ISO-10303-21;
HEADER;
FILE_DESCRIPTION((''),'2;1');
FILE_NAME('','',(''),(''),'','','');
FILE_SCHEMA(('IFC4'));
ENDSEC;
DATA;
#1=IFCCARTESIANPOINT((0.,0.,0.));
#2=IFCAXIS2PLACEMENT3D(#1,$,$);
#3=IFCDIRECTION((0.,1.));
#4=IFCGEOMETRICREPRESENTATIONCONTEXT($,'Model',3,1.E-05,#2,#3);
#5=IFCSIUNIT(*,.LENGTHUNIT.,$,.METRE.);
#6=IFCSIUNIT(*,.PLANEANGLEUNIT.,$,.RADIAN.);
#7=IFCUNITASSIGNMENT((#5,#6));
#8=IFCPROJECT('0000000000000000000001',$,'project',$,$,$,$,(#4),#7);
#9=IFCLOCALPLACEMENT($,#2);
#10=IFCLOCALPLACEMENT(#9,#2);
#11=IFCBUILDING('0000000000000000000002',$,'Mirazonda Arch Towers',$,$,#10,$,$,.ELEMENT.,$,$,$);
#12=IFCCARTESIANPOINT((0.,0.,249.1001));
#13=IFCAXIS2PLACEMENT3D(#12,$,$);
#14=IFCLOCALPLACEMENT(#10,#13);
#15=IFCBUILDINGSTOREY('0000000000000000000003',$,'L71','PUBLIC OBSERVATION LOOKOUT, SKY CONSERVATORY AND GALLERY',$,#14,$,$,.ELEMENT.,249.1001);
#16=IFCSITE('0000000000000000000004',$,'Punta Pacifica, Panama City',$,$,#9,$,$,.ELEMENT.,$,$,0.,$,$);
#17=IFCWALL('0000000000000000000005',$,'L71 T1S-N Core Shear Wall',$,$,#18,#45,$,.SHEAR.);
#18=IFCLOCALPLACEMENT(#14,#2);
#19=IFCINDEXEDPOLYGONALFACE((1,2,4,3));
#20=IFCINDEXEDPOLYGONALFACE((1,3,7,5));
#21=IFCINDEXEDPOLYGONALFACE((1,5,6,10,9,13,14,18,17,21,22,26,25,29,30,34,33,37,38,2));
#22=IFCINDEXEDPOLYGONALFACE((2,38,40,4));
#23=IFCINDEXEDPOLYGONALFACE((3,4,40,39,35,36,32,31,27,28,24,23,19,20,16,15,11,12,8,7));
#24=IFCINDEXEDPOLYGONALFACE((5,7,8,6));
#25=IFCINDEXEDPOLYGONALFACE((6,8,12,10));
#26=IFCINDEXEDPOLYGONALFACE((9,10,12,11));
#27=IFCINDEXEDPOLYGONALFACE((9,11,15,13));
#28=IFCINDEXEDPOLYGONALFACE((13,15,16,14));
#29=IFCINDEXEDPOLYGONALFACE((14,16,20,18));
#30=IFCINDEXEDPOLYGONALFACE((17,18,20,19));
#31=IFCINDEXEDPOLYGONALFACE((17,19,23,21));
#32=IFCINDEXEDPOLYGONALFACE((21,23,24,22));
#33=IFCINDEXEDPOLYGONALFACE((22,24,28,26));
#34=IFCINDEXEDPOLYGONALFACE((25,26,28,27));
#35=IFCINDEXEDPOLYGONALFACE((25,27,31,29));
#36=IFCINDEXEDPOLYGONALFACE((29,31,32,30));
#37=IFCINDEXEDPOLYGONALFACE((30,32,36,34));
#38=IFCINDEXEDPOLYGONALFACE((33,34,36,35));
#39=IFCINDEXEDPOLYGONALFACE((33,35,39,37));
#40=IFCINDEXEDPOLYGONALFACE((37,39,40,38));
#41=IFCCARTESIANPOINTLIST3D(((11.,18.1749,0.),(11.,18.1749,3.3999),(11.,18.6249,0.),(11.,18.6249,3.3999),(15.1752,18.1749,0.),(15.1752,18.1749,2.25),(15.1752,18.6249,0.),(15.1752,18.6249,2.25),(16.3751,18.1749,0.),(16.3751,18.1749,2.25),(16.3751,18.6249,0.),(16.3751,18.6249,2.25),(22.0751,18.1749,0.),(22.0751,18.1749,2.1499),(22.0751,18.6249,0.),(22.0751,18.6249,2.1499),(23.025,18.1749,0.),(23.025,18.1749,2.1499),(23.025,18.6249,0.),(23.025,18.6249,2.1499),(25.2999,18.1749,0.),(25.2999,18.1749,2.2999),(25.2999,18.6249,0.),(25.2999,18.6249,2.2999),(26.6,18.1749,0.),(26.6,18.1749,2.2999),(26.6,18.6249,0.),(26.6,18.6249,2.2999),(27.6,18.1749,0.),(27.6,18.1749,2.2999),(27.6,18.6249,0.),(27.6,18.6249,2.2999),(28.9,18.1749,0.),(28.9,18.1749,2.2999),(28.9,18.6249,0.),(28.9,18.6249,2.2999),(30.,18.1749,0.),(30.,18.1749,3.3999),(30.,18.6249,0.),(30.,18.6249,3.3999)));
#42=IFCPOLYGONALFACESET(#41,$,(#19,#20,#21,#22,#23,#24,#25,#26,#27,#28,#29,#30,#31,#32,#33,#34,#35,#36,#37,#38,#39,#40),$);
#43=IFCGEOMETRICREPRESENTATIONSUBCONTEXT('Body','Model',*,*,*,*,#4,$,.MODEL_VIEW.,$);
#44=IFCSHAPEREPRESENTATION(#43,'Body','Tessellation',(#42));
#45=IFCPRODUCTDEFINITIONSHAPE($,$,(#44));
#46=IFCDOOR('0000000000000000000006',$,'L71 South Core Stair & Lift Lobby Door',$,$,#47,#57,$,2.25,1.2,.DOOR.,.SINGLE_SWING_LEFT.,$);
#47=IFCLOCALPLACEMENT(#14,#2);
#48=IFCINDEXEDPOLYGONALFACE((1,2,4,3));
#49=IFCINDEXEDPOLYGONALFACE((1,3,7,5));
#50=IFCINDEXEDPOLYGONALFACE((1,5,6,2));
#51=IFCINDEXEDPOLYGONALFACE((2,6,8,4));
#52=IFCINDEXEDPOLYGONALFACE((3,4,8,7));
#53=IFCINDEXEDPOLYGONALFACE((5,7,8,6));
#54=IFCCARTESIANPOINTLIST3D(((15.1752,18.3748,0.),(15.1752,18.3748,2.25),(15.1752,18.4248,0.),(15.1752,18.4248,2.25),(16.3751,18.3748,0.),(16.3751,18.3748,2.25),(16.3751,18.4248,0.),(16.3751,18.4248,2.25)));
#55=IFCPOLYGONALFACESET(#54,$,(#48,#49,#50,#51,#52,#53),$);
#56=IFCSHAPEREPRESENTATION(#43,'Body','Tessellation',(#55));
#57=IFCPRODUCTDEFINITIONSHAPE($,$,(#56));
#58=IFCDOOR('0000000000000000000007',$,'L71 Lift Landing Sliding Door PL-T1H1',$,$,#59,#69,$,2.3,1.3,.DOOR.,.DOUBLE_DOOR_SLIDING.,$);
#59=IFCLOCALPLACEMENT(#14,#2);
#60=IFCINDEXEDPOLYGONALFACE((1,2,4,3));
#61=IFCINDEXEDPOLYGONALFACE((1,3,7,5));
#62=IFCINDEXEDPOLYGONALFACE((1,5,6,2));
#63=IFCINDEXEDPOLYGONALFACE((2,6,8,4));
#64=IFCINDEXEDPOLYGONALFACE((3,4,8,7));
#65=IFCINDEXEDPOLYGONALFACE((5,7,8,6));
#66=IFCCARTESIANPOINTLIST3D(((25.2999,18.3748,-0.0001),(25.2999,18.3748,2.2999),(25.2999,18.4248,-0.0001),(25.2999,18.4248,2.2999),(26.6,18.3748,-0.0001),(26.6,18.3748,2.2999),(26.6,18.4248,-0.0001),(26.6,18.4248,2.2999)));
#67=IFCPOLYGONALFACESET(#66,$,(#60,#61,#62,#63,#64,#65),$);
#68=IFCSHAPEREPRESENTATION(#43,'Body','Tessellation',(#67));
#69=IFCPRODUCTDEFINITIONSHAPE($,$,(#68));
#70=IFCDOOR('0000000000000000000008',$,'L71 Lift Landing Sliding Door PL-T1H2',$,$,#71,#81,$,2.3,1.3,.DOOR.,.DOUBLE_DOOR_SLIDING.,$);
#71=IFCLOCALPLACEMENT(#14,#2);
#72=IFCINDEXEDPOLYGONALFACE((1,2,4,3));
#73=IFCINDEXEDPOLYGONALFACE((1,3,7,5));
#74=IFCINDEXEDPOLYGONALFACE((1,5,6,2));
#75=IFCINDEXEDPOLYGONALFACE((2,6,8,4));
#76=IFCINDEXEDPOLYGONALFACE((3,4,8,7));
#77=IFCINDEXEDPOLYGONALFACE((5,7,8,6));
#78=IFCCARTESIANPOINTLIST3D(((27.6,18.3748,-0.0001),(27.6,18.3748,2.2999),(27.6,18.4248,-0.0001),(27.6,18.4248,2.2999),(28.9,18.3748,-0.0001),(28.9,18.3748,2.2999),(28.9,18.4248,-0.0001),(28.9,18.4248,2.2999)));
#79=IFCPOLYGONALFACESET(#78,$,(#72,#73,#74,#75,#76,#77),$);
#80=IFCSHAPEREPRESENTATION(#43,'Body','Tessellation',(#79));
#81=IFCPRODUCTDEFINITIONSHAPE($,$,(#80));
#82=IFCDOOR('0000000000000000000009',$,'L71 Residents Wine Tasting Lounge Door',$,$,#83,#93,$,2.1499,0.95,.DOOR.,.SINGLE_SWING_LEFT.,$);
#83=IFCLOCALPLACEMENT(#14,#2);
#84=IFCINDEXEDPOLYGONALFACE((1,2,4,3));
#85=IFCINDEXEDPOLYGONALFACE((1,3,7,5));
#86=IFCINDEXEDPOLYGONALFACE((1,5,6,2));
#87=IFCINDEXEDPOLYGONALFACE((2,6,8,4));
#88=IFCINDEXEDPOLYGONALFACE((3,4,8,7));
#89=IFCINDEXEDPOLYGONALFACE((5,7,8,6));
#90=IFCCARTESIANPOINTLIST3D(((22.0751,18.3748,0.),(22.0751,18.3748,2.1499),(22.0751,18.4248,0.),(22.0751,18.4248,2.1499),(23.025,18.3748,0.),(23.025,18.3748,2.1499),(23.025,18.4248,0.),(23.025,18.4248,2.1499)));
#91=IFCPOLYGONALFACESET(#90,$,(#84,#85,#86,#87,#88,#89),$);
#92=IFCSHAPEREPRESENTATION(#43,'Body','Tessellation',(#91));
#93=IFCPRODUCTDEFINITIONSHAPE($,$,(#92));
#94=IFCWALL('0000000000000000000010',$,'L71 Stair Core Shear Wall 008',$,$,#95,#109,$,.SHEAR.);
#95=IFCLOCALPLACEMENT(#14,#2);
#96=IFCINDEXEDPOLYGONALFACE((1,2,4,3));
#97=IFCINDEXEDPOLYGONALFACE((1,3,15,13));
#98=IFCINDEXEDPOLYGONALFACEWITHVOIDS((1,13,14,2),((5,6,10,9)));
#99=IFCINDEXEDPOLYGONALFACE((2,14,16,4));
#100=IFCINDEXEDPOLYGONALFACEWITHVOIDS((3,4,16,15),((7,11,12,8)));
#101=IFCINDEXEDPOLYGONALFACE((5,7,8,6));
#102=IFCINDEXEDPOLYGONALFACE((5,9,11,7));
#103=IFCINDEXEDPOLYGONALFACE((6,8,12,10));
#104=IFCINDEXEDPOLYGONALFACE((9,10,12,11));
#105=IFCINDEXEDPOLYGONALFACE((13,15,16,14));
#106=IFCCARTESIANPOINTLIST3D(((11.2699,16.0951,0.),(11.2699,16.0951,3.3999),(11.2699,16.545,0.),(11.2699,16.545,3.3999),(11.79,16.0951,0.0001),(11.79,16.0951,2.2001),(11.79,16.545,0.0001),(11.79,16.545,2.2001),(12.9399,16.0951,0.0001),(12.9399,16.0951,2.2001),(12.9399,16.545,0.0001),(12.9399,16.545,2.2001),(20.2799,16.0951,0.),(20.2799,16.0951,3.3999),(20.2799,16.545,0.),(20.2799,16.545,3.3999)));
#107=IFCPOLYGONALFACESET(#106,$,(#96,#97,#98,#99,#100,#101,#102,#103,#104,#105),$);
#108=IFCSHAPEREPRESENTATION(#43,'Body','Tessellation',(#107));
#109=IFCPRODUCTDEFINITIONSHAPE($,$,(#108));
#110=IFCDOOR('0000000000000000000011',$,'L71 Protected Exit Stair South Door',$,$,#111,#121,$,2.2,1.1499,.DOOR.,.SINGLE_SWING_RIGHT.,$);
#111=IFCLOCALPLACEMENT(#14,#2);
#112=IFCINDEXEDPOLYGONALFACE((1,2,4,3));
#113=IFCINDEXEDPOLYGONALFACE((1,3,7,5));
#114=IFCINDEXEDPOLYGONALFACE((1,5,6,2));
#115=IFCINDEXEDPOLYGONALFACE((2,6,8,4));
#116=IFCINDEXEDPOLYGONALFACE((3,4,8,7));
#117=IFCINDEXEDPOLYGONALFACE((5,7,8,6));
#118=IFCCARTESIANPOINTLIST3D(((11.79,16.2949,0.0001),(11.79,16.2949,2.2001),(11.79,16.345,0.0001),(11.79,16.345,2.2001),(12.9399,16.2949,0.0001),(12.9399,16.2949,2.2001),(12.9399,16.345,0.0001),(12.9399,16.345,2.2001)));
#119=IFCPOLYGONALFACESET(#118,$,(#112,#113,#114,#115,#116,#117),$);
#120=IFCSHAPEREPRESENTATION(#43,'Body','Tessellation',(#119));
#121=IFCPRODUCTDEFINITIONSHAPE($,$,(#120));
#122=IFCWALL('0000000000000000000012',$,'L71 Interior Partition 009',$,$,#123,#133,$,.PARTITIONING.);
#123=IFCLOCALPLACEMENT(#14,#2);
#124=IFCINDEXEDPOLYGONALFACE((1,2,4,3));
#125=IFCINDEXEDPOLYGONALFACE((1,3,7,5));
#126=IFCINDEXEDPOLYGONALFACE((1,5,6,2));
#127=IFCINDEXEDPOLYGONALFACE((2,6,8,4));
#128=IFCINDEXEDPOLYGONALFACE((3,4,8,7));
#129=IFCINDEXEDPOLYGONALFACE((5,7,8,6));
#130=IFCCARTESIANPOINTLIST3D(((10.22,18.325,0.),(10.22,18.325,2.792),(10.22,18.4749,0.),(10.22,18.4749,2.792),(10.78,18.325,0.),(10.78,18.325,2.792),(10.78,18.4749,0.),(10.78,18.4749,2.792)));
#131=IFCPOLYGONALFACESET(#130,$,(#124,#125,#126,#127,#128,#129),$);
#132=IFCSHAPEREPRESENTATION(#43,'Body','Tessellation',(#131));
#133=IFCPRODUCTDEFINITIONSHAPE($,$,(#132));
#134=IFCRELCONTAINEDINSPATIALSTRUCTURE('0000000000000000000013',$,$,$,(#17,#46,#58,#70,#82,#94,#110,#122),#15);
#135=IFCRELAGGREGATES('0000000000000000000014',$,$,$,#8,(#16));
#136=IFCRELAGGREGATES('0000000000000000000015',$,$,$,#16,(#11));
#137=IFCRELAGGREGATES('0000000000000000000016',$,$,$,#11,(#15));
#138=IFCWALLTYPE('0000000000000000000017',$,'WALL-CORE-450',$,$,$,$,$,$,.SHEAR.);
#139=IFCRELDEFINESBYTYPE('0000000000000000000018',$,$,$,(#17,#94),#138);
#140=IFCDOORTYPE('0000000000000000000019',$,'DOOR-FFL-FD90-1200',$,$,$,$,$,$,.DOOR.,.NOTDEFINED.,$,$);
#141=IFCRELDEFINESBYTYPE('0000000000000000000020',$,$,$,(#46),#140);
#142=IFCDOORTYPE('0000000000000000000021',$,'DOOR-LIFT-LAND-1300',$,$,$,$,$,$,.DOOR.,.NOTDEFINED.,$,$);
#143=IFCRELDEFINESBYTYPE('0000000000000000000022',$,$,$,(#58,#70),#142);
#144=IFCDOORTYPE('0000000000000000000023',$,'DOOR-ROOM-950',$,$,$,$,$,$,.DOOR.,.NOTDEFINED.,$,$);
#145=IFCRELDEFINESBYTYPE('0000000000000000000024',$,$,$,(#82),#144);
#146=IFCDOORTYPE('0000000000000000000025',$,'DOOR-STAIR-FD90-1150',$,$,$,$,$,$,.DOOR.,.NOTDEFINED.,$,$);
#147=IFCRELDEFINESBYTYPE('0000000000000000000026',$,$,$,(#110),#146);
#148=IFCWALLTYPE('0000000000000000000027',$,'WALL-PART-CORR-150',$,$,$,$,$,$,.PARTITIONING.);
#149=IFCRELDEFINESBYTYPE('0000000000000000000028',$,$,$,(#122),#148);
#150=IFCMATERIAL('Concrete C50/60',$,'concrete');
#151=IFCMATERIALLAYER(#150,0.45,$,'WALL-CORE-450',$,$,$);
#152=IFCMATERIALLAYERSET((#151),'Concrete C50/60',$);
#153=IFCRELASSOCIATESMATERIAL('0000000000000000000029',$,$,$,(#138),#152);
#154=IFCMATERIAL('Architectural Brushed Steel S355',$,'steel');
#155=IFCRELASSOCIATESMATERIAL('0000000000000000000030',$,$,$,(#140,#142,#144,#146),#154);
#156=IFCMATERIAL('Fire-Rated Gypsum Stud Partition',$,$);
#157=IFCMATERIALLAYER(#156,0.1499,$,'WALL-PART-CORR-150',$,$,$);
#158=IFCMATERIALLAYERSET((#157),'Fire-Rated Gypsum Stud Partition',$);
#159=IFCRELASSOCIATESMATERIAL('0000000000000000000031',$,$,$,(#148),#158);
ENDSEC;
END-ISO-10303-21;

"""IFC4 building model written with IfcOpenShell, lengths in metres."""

from ifc_helpers import new_model, si_unit, direction, frame, frame_2d, origin, place, context, subcontext, project, spatial, rectangle, extrude, material, layer, layer_set, type_object, element, fill, save


model = new_model("IFC4")

# Units and contexts
model_context = context("Model", 3, precision=1e-05, world=origin(), true_north=direction((0.0, 1.0)))
body_context = subcontext(model_context, "Body", "Model", "MODEL_VIEW")
ifc_project = project(units=[si_unit("LENGTHUNIT", "METRE"), si_unit("PLANEANGLEUNIT", "RADIAN")], contexts=[model_context])

# Site, building, storey
site_placement = place(None, origin())
site = spatial("IfcSite", under=ifc_project, at=site_placement, Name="Punta Pacifica, Panama City", CompositionType="ELEMENT", RefElevation=0.0)
building_placement = place(site_placement, origin())
building = spatial("IfcBuilding", under=site, at=building_placement, Name="Mirazonda Arch Towers", CompositionType="ELEMENT")
storey_placement = place(building_placement, frame((0.0, 0.0, 249.1001)))
storey = spatial("IfcBuildingStorey", under=building, at=storey_placement, Name="L71", Description="PUBLIC OBSERVATION LOOKOUT, SKY CONSERVATORY AND GALLERY", CompositionType="ELEMENT", Elevation=249.1001)

# Shared definitions
ifc_material_1 = material(Name="Concrete C50/60", Category="concrete")

# Wall, openings, doors
ifc_layer_1 = layer(ifc_material_1, 0.45, Name="WALL-CORE-450")
ifc_layer_set_1 = layer_set([ifc_layer_1], Name="Concrete C50/60")
wall_type_1 = type_object("IfcWallType", Name="WALL-CORE-450", PredefinedType="SHEAR", material=ifc_layer_set_1)
wall_1_placement = place(storey_placement, frame((11.0, 18.3999, 0.0), z_axis=(0.0, 0.0, 1.0), x_axis=(1.0, 0.0, 0.0)))
wall_1 = element("IfcWall", 1, at=wall_1_placement, inside=storey, type_object=wall_type_1, Name="L71 T1S-N Core Shear Wall", PredefinedType="SHEAR", context=body_context, shape_type="SweptSolid", body=[
    extrude(rectangle(XDim=19.0, YDim=0.45, at=frame_2d((9.5, 0.0))), origin(), (0.0, 0.0, 1.0), 3.3999),
])
opening_1_placement = place(wall_1_placement, frame((4.175, 0.0, 0.0)))
opening_1 = element("IfcOpeningElement", 2, at=opening_1_placement, cuts=wall_1, PredefinedType="OPENING", context=body_context, shape_type="SweptSolid", body=[
    extrude(rectangle(XDim=1.2, YDim=2.25, at=frame_2d((0.6001, 1.125))), frame((0.0, 0.2349, 0.0), z_axis=(0.0, -1.0, 0.0), x_axis=(1.0, 0.0, 0.0)), (0.0, 0.0, 1.0), 0.47),
])
opening_2_placement = place(wall_1_placement, frame((11.075, 0.0, 0.0)))
opening_2 = element("IfcOpeningElement", 3, at=opening_2_placement, cuts=wall_1, PredefinedType="OPENING", context=body_context, shape_type="SweptSolid", body=[
    extrude(rectangle(XDim=0.95, YDim=2.1499, at=frame_2d((0.4751, 1.075))), frame((0.0, 0.2349, 0.0), z_axis=(0.0, -1.0, 0.0), x_axis=(1.0, 0.0, 0.0)), (0.0, 0.0, 1.0), 0.47),
])
opening_3_placement = place(wall_1_placement, frame((14.3, 0.0, 0.0)))
opening_3 = element("IfcOpeningElement", 4, at=opening_3_placement, cuts=wall_1, PredefinedType="OPENING", context=body_context, shape_type="SweptSolid", body=[
    extrude(rectangle(XDim=1.3, YDim=2.3, at=frame_2d((0.6499, 1.1499))), frame((0.0, 0.2349, 0.0), z_axis=(0.0, -1.0, 0.0), x_axis=(1.0, 0.0, 0.0)), (0.0, 0.0, 1.0), 0.47),
])
opening_4_placement = place(wall_1_placement, frame((16.6001, 0.0, 0.0)))
opening_4 = element("IfcOpeningElement", 5, at=opening_4_placement, cuts=wall_1, PredefinedType="OPENING", context=body_context, shape_type="SweptSolid", body=[
    extrude(rectangle(XDim=1.3, YDim=2.3, at=frame_2d((0.6499, 1.1499))), frame((0.0, 0.2349, 0.0), z_axis=(0.0, -1.0, 0.0), x_axis=(1.0, 0.0, 0.0)), (0.0, 0.0, 1.0), 0.47),
])
ifc_material_2 = material(Name="Architectural Brushed Steel S355", Category="steel")
door_type_1 = type_object("IfcDoorType", Name="DOOR-FFL-FD90-1200", OperationType="NOTDEFINED", PredefinedType="DOOR", material=ifc_material_2)
door_1_placement = place(opening_1_placement, origin())
door_1 = element("IfcDoor", 6, at=door_1_placement, inside=storey, type_object=door_type_1, Name="L71 South Core Stair & Lift Lobby Door", OperationType="SINGLE_SWING_LEFT", OverallHeight=2.25, OverallWidth=1.2, PredefinedType="DOOR", context=body_context, shape_type="SweptSolid", body=[
    extrude(rectangle(XDim=1.2, YDim=2.25, at=frame_2d((0.6001, 1.125))), frame((0.0, 0.0249, 0.0), z_axis=(0.0, -1.0, 0.0), x_axis=(1.0, 0.0, 0.0)), (0.0, 0.0, 1.0), 0.05),
])
fill(opening_1, door_1)
door_type_2 = type_object("IfcDoorType", Name="DOOR-LIFT-LAND-1300", OperationType="NOTDEFINED", PredefinedType="DOOR", material=ifc_material_2)
door_2_placement = place(opening_3_placement, origin())
door_2 = element("IfcDoor", 7, at=door_2_placement, inside=storey, type_object=door_type_2, Name="L71 Lift Landing Sliding Door PL-T1H1", OperationType="DOUBLE_DOOR_SLIDING", OverallHeight=2.3, OverallWidth=1.3, PredefinedType="DOOR", context=body_context, shape_type="SweptSolid", body=[
    extrude(rectangle(XDim=1.3, YDim=2.3, at=frame_2d((0.6499, 1.1499))), frame((0.0, 0.0249, 0.0), z_axis=(0.0, -1.0, 0.0), x_axis=(1.0, 0.0, 0.0)), (0.0, 0.0, 1.0), 0.05),
])
fill(opening_3, door_2)
door_3_placement = place(opening_4_placement, origin())
door_3 = element("IfcDoor", 8, at=door_3_placement, inside=storey, type_object=door_type_2, Name="L71 Lift Landing Sliding Door PL-T1H2", OperationType="DOUBLE_DOOR_SLIDING", OverallHeight=2.3, OverallWidth=1.3, PredefinedType="DOOR", context=body_context, shape_type="SweptSolid", body=[
    extrude(rectangle(XDim=1.3, YDim=2.3, at=frame_2d((0.6499, 1.1499))), frame((0.0, 0.0249, 0.0), z_axis=(0.0, -1.0, 0.0), x_axis=(1.0, 0.0, 0.0)), (0.0, 0.0, 1.0), 0.05),
])
fill(opening_4, door_3)
door_type_3 = type_object("IfcDoorType", Name="DOOR-ROOM-950", OperationType="NOTDEFINED", PredefinedType="DOOR", material=ifc_material_2)
door_4_placement = place(opening_2_placement, origin())
door_4 = element("IfcDoor", 9, at=door_4_placement, inside=storey, type_object=door_type_3, Name="L71 Residents Wine Tasting Lounge Door", OperationType="SINGLE_SWING_LEFT", OverallHeight=2.1499, OverallWidth=0.95, PredefinedType="DOOR", context=body_context, shape_type="SweptSolid", body=[
    extrude(rectangle(XDim=0.95, YDim=2.1499, at=frame_2d((0.4751, 1.075))), frame((0.0, 0.0249, 0.0), z_axis=(0.0, -1.0, 0.0), x_axis=(1.0, 0.0, 0.0)), (0.0, 0.0, 1.0), 0.05),
])
fill(opening_2, door_4)

# Wall, opening, door
wall_2_placement = place(storey_placement, frame((11.27, 16.3201, 0.0), z_axis=(0.0, 0.0, 1.0), x_axis=(1.0, 0.0, 0.0)))
wall_2 = element("IfcWall", 10, at=wall_2_placement, inside=storey, type_object=wall_type_1, Name="L71 Stair Core Shear Wall 008", PredefinedType="SHEAR", context=body_context, shape_type="SweptSolid", body=[
    extrude(rectangle(XDim=9.01, YDim=0.45, at=frame_2d((4.5049, 0.0))), origin(), (0.0, 0.0, 1.0), 3.3999),
])
opening_5_placement = place(wall_2_placement, frame((0.52, 0.0, 0.0)))
opening_5 = element("IfcOpeningElement", 11, at=opening_5_placement, cuts=wall_2, PredefinedType="OPENING", context=body_context, shape_type="SweptSolid", body=[
    extrude(rectangle(XDim=1.1499, YDim=2.2, at=frame_2d((0.575, 1.1001))), frame((0.0, 0.2349, 0.0), z_axis=(0.0, -1.0, 0.0), x_axis=(1.0, 0.0, 0.0)), (0.0, 0.0, 1.0), 0.47),
])
door_type_4 = type_object("IfcDoorType", Name="DOOR-STAIR-FD90-1150", OperationType="NOTDEFINED", PredefinedType="DOOR", material=ifc_material_2)
door_5_placement = place(opening_5_placement, origin())
door_5 = element("IfcDoor", 12, at=door_5_placement, inside=storey, type_object=door_type_4, Name="L71 Protected Exit Stair South Door", OperationType="SINGLE_SWING_RIGHT", OverallHeight=2.2, OverallWidth=1.1499, PredefinedType="DOOR", context=body_context, shape_type="SweptSolid", body=[
    extrude(rectangle(XDim=1.1499, YDim=2.2, at=frame_2d((0.575, 1.1001))), frame((0.0, 0.0249, 0.0), z_axis=(0.0, -1.0, 0.0), x_axis=(1.0, 0.0, 0.0)), (0.0, 0.0, 1.0), 0.05),
])
fill(opening_5, door_5)

# Wall
ifc_material_3 = material(Name="Fire-Rated Gypsum Stud Partition")
ifc_layer_2 = layer(ifc_material_3, 0.1499, Name="WALL-PART-CORR-150")
ifc_layer_set_2 = layer_set([ifc_layer_2], Name="Fire-Rated Gypsum Stud Partition")
wall_type_2 = type_object("IfcWallType", Name="WALL-PART-CORR-150", PredefinedType="PARTITIONING", material=ifc_layer_set_2)
wall_3_placement = place(storey_placement, frame((10.22, 18.3999, 0.0), z_axis=(0.0, 0.0, 1.0), x_axis=(1.0, 0.0, 0.0)))
element("IfcWall", 13, at=wall_3_placement, inside=storey, type_object=wall_type_2, Name="L71 Interior Partition 009", PredefinedType="PARTITIONING", context=body_context, shape_type="SweptSolid", body=[
    extrude(rectangle(XDim=0.5601, YDim=0.1499, at=frame_2d((0.28, 0.0))), origin(), (0.0, 0.0, 1.0), 2.792),
])

save(model, "model.ifc")
